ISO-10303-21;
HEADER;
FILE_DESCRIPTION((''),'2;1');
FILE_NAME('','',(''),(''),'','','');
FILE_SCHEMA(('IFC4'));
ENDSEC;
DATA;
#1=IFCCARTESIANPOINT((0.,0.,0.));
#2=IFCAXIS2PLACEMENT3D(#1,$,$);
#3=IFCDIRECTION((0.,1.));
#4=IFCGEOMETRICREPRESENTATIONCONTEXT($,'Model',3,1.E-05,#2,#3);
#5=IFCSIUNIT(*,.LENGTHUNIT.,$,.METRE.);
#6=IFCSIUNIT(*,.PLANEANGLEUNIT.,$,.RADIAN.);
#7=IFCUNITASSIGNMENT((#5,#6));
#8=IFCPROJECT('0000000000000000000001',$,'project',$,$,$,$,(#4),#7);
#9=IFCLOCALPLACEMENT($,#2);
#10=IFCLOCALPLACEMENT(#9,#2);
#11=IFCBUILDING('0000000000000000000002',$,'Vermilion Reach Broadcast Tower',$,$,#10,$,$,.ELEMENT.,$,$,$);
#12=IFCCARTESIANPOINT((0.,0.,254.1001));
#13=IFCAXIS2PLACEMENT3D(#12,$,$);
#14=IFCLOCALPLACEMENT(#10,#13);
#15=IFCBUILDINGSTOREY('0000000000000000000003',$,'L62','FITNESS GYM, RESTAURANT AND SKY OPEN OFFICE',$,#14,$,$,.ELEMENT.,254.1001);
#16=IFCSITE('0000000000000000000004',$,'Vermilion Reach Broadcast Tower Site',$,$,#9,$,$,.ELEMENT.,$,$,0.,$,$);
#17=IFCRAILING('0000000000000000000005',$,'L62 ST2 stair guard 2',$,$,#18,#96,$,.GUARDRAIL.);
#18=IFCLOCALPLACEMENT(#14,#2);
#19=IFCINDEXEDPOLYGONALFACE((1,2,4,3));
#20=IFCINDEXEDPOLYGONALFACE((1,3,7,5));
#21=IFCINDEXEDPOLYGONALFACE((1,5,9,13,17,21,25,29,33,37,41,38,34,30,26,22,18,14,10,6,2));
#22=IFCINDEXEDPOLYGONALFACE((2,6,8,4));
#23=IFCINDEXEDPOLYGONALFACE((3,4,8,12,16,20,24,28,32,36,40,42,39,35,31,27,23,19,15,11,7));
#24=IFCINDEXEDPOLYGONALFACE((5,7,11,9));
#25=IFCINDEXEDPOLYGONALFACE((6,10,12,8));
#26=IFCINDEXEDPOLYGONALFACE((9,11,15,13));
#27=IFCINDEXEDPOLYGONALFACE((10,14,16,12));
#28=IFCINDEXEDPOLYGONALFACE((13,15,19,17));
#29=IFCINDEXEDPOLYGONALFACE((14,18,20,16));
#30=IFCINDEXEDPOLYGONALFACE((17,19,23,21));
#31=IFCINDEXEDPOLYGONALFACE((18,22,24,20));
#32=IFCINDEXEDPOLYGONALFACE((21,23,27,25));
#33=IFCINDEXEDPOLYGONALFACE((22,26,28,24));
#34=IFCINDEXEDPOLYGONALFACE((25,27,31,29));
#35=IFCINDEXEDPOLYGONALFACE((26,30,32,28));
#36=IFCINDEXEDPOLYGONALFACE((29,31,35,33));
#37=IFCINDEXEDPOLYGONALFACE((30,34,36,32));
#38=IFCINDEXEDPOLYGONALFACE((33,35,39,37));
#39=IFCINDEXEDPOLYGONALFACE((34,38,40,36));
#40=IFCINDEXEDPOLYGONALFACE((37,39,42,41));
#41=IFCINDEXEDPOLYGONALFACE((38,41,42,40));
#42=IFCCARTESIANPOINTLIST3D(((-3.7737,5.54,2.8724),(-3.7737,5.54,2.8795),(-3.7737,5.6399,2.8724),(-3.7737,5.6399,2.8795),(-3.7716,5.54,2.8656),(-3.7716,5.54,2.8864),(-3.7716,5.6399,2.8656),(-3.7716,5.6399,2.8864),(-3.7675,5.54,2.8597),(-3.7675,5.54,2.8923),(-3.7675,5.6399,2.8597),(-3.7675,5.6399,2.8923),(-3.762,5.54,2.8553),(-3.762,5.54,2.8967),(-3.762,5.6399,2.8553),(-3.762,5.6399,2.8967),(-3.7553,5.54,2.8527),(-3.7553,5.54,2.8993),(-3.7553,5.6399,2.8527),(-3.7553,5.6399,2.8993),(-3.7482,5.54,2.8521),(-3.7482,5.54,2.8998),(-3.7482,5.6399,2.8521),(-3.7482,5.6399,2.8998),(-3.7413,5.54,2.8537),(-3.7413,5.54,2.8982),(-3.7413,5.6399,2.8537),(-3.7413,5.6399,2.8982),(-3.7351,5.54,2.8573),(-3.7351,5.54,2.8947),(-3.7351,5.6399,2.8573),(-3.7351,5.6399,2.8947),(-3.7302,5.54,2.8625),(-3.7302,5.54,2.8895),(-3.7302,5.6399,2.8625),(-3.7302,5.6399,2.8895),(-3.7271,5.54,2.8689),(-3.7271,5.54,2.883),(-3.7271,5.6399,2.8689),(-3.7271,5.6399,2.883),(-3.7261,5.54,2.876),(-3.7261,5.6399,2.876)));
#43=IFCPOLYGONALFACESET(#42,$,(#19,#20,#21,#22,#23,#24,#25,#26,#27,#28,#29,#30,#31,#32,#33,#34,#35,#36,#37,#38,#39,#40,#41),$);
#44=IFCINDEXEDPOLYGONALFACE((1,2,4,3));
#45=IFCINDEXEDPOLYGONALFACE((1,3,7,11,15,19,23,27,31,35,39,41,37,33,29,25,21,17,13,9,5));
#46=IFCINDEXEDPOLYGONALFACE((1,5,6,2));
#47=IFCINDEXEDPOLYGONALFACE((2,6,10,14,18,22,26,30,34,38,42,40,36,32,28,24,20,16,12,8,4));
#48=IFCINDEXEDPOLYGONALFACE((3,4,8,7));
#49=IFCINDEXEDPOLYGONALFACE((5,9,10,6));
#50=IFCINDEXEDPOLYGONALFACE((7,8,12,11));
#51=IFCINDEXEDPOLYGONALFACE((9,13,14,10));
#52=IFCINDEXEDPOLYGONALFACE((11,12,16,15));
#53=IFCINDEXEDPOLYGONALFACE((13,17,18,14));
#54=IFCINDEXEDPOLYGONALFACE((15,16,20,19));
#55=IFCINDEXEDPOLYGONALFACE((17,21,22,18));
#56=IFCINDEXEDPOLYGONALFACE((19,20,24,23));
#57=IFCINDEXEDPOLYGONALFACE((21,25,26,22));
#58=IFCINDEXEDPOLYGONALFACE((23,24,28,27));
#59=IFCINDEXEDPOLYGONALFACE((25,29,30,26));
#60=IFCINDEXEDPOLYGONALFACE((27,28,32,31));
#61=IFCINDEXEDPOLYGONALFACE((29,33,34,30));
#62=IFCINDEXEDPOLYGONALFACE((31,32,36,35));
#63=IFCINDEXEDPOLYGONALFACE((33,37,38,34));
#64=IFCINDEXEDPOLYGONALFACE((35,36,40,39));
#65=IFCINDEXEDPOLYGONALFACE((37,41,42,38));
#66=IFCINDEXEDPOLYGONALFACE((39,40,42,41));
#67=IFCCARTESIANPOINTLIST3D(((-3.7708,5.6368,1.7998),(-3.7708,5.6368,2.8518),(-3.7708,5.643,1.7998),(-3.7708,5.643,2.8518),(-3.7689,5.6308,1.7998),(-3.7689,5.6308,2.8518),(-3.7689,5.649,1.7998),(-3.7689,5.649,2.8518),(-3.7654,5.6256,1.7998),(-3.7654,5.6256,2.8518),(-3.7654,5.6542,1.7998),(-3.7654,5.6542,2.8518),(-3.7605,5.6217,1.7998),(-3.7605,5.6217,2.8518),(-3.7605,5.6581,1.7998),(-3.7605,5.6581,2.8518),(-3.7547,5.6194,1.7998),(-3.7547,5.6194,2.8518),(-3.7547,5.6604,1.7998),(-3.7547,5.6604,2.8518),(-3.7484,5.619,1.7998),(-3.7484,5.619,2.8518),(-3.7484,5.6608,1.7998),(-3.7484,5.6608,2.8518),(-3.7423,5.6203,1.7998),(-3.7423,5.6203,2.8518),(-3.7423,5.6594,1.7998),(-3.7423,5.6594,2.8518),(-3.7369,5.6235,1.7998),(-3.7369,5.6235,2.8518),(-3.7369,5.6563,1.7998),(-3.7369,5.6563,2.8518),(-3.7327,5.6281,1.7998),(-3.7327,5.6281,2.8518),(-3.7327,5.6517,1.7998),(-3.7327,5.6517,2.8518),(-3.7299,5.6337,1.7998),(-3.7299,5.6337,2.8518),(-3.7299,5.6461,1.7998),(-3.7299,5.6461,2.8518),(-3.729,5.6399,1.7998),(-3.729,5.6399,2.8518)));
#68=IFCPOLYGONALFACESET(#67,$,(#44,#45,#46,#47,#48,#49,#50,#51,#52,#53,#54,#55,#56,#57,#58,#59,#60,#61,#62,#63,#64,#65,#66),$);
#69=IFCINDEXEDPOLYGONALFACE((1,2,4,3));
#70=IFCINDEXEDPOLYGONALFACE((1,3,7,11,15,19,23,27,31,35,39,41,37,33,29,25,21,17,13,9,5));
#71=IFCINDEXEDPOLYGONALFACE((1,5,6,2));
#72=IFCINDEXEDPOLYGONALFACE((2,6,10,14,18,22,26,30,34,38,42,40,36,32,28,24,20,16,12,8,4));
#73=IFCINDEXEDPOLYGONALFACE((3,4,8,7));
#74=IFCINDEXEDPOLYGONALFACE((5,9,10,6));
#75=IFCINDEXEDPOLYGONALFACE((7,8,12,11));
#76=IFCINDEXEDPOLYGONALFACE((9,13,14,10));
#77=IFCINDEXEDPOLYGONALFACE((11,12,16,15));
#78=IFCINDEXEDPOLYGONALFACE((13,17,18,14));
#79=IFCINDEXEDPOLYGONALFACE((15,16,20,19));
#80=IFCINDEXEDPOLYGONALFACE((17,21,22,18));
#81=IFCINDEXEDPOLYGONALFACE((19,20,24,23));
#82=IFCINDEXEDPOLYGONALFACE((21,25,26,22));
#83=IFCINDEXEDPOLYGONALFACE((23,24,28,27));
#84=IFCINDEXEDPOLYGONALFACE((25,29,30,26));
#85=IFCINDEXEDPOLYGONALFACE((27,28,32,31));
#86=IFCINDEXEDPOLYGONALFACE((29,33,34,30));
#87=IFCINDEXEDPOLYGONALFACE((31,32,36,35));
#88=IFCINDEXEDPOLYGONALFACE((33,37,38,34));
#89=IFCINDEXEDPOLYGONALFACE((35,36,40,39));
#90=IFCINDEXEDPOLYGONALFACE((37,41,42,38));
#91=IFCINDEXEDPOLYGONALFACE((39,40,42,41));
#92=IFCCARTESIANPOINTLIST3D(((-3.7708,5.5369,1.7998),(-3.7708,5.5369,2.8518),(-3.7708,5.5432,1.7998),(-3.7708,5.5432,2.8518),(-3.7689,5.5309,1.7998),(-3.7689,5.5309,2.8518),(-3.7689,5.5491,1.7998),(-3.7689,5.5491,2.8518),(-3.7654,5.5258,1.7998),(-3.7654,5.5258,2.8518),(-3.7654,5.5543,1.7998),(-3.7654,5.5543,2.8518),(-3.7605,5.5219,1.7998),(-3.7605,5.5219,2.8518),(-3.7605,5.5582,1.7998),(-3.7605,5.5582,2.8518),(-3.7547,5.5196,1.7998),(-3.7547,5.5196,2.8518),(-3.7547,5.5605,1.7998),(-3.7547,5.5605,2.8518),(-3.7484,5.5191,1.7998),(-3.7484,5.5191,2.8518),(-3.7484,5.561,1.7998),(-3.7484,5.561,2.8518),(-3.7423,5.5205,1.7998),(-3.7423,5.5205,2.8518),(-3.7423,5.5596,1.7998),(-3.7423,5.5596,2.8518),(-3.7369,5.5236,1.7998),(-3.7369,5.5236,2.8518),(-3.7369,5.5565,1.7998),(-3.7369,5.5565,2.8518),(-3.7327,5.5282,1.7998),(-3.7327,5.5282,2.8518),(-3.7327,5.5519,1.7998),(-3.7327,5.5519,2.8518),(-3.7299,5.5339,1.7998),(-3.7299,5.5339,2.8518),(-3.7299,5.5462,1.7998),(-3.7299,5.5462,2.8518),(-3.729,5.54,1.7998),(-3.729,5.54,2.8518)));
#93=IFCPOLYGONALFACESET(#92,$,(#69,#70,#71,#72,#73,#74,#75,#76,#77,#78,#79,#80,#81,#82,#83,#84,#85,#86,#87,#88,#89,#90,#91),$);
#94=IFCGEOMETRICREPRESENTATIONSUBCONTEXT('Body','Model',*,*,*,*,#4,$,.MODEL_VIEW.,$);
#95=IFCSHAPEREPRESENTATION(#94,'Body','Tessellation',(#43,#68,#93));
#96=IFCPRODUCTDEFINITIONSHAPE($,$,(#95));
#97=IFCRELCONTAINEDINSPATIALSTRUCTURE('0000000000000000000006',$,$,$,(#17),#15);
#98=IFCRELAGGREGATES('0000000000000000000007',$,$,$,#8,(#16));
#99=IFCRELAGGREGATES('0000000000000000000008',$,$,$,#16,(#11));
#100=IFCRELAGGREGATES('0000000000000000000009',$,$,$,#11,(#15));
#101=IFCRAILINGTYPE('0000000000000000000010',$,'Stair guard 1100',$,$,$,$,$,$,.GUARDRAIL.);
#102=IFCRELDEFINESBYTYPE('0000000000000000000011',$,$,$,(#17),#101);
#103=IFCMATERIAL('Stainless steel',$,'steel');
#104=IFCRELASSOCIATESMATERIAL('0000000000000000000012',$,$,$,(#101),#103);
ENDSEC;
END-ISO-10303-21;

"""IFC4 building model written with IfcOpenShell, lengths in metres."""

from ifc_helpers import new_model, si_unit, direction, frame, origin, origin_2d, place, context, subcontext, project, spatial, circle, extrude, material, type_object, element, save


model = new_model("IFC4")

# Units and contexts
model_context = context("Model", 3, precision=1e-05, world=origin(), true_north=direction((0.0, 1.0)))
body_context = subcontext(model_context, "Body", "Model", "MODEL_VIEW")
ifc_project = project(units=[si_unit("LENGTHUNIT", "METRE"), si_unit("PLANEANGLEUNIT", "RADIAN")], contexts=[model_context])

# Site, building, storey
site_placement = place(None, origin())
site = spatial("IfcSite", under=ifc_project, at=site_placement, Name="Vermilion Reach Broadcast Tower Site", CompositionType="ELEMENT", RefElevation=0.0)
building_placement = place(site_placement, origin())
building = spatial("IfcBuilding", under=site, at=building_placement, Name="Vermilion Reach Broadcast Tower", CompositionType="ELEMENT")
storey_placement = place(building_placement, frame((0.0, 0.0, 254.1001)))
storey = spatial("IfcBuildingStorey", under=building, at=storey_placement, Name="L62", Description="FITNESS GYM, RESTAURANT AND SKY OPEN OFFICE", CompositionType="ELEMENT", Elevation=254.1001)

# Railing
ifc_material_1 = material(Name="Stainless steel", Category="steel")
railing_type_1 = type_object("IfcRailingType", Name="Stair guard 1100", PredefinedType="GUARDRAIL", material=ifc_material_1)
railing_1_placement = place(storey_placement, frame((-3.75, 5.6399, 1.7998)))
element("IfcRailing", 1, at=railing_1_placement, inside=storey, type_object=railing_type_1, Name="L62 ST2 stair guard 2", PredefinedType="GUARDRAIL", context=body_context, shape_type="SweptSolid", body=[
    extrude(circle(Radius=0.0239, at=origin_2d()), frame((0.0, 0.0, 1.0762), z_axis=(0.0, -1.0, 0.0), x_axis=(1.0, 0.0, 0.0)), (0.0, 0.0, 1.0), 0.0999),
    extrude(circle(Radius=0.021, at=origin_2d()), origin(), (0.0, 0.0, 1.0), 1.052),
    extrude(circle(Radius=0.021, at=origin_2d()), frame((0.0, -0.0999, 0.0)), (0.0, 0.0, 1.0), 1.052),
])

save(model, "model.ifc")
